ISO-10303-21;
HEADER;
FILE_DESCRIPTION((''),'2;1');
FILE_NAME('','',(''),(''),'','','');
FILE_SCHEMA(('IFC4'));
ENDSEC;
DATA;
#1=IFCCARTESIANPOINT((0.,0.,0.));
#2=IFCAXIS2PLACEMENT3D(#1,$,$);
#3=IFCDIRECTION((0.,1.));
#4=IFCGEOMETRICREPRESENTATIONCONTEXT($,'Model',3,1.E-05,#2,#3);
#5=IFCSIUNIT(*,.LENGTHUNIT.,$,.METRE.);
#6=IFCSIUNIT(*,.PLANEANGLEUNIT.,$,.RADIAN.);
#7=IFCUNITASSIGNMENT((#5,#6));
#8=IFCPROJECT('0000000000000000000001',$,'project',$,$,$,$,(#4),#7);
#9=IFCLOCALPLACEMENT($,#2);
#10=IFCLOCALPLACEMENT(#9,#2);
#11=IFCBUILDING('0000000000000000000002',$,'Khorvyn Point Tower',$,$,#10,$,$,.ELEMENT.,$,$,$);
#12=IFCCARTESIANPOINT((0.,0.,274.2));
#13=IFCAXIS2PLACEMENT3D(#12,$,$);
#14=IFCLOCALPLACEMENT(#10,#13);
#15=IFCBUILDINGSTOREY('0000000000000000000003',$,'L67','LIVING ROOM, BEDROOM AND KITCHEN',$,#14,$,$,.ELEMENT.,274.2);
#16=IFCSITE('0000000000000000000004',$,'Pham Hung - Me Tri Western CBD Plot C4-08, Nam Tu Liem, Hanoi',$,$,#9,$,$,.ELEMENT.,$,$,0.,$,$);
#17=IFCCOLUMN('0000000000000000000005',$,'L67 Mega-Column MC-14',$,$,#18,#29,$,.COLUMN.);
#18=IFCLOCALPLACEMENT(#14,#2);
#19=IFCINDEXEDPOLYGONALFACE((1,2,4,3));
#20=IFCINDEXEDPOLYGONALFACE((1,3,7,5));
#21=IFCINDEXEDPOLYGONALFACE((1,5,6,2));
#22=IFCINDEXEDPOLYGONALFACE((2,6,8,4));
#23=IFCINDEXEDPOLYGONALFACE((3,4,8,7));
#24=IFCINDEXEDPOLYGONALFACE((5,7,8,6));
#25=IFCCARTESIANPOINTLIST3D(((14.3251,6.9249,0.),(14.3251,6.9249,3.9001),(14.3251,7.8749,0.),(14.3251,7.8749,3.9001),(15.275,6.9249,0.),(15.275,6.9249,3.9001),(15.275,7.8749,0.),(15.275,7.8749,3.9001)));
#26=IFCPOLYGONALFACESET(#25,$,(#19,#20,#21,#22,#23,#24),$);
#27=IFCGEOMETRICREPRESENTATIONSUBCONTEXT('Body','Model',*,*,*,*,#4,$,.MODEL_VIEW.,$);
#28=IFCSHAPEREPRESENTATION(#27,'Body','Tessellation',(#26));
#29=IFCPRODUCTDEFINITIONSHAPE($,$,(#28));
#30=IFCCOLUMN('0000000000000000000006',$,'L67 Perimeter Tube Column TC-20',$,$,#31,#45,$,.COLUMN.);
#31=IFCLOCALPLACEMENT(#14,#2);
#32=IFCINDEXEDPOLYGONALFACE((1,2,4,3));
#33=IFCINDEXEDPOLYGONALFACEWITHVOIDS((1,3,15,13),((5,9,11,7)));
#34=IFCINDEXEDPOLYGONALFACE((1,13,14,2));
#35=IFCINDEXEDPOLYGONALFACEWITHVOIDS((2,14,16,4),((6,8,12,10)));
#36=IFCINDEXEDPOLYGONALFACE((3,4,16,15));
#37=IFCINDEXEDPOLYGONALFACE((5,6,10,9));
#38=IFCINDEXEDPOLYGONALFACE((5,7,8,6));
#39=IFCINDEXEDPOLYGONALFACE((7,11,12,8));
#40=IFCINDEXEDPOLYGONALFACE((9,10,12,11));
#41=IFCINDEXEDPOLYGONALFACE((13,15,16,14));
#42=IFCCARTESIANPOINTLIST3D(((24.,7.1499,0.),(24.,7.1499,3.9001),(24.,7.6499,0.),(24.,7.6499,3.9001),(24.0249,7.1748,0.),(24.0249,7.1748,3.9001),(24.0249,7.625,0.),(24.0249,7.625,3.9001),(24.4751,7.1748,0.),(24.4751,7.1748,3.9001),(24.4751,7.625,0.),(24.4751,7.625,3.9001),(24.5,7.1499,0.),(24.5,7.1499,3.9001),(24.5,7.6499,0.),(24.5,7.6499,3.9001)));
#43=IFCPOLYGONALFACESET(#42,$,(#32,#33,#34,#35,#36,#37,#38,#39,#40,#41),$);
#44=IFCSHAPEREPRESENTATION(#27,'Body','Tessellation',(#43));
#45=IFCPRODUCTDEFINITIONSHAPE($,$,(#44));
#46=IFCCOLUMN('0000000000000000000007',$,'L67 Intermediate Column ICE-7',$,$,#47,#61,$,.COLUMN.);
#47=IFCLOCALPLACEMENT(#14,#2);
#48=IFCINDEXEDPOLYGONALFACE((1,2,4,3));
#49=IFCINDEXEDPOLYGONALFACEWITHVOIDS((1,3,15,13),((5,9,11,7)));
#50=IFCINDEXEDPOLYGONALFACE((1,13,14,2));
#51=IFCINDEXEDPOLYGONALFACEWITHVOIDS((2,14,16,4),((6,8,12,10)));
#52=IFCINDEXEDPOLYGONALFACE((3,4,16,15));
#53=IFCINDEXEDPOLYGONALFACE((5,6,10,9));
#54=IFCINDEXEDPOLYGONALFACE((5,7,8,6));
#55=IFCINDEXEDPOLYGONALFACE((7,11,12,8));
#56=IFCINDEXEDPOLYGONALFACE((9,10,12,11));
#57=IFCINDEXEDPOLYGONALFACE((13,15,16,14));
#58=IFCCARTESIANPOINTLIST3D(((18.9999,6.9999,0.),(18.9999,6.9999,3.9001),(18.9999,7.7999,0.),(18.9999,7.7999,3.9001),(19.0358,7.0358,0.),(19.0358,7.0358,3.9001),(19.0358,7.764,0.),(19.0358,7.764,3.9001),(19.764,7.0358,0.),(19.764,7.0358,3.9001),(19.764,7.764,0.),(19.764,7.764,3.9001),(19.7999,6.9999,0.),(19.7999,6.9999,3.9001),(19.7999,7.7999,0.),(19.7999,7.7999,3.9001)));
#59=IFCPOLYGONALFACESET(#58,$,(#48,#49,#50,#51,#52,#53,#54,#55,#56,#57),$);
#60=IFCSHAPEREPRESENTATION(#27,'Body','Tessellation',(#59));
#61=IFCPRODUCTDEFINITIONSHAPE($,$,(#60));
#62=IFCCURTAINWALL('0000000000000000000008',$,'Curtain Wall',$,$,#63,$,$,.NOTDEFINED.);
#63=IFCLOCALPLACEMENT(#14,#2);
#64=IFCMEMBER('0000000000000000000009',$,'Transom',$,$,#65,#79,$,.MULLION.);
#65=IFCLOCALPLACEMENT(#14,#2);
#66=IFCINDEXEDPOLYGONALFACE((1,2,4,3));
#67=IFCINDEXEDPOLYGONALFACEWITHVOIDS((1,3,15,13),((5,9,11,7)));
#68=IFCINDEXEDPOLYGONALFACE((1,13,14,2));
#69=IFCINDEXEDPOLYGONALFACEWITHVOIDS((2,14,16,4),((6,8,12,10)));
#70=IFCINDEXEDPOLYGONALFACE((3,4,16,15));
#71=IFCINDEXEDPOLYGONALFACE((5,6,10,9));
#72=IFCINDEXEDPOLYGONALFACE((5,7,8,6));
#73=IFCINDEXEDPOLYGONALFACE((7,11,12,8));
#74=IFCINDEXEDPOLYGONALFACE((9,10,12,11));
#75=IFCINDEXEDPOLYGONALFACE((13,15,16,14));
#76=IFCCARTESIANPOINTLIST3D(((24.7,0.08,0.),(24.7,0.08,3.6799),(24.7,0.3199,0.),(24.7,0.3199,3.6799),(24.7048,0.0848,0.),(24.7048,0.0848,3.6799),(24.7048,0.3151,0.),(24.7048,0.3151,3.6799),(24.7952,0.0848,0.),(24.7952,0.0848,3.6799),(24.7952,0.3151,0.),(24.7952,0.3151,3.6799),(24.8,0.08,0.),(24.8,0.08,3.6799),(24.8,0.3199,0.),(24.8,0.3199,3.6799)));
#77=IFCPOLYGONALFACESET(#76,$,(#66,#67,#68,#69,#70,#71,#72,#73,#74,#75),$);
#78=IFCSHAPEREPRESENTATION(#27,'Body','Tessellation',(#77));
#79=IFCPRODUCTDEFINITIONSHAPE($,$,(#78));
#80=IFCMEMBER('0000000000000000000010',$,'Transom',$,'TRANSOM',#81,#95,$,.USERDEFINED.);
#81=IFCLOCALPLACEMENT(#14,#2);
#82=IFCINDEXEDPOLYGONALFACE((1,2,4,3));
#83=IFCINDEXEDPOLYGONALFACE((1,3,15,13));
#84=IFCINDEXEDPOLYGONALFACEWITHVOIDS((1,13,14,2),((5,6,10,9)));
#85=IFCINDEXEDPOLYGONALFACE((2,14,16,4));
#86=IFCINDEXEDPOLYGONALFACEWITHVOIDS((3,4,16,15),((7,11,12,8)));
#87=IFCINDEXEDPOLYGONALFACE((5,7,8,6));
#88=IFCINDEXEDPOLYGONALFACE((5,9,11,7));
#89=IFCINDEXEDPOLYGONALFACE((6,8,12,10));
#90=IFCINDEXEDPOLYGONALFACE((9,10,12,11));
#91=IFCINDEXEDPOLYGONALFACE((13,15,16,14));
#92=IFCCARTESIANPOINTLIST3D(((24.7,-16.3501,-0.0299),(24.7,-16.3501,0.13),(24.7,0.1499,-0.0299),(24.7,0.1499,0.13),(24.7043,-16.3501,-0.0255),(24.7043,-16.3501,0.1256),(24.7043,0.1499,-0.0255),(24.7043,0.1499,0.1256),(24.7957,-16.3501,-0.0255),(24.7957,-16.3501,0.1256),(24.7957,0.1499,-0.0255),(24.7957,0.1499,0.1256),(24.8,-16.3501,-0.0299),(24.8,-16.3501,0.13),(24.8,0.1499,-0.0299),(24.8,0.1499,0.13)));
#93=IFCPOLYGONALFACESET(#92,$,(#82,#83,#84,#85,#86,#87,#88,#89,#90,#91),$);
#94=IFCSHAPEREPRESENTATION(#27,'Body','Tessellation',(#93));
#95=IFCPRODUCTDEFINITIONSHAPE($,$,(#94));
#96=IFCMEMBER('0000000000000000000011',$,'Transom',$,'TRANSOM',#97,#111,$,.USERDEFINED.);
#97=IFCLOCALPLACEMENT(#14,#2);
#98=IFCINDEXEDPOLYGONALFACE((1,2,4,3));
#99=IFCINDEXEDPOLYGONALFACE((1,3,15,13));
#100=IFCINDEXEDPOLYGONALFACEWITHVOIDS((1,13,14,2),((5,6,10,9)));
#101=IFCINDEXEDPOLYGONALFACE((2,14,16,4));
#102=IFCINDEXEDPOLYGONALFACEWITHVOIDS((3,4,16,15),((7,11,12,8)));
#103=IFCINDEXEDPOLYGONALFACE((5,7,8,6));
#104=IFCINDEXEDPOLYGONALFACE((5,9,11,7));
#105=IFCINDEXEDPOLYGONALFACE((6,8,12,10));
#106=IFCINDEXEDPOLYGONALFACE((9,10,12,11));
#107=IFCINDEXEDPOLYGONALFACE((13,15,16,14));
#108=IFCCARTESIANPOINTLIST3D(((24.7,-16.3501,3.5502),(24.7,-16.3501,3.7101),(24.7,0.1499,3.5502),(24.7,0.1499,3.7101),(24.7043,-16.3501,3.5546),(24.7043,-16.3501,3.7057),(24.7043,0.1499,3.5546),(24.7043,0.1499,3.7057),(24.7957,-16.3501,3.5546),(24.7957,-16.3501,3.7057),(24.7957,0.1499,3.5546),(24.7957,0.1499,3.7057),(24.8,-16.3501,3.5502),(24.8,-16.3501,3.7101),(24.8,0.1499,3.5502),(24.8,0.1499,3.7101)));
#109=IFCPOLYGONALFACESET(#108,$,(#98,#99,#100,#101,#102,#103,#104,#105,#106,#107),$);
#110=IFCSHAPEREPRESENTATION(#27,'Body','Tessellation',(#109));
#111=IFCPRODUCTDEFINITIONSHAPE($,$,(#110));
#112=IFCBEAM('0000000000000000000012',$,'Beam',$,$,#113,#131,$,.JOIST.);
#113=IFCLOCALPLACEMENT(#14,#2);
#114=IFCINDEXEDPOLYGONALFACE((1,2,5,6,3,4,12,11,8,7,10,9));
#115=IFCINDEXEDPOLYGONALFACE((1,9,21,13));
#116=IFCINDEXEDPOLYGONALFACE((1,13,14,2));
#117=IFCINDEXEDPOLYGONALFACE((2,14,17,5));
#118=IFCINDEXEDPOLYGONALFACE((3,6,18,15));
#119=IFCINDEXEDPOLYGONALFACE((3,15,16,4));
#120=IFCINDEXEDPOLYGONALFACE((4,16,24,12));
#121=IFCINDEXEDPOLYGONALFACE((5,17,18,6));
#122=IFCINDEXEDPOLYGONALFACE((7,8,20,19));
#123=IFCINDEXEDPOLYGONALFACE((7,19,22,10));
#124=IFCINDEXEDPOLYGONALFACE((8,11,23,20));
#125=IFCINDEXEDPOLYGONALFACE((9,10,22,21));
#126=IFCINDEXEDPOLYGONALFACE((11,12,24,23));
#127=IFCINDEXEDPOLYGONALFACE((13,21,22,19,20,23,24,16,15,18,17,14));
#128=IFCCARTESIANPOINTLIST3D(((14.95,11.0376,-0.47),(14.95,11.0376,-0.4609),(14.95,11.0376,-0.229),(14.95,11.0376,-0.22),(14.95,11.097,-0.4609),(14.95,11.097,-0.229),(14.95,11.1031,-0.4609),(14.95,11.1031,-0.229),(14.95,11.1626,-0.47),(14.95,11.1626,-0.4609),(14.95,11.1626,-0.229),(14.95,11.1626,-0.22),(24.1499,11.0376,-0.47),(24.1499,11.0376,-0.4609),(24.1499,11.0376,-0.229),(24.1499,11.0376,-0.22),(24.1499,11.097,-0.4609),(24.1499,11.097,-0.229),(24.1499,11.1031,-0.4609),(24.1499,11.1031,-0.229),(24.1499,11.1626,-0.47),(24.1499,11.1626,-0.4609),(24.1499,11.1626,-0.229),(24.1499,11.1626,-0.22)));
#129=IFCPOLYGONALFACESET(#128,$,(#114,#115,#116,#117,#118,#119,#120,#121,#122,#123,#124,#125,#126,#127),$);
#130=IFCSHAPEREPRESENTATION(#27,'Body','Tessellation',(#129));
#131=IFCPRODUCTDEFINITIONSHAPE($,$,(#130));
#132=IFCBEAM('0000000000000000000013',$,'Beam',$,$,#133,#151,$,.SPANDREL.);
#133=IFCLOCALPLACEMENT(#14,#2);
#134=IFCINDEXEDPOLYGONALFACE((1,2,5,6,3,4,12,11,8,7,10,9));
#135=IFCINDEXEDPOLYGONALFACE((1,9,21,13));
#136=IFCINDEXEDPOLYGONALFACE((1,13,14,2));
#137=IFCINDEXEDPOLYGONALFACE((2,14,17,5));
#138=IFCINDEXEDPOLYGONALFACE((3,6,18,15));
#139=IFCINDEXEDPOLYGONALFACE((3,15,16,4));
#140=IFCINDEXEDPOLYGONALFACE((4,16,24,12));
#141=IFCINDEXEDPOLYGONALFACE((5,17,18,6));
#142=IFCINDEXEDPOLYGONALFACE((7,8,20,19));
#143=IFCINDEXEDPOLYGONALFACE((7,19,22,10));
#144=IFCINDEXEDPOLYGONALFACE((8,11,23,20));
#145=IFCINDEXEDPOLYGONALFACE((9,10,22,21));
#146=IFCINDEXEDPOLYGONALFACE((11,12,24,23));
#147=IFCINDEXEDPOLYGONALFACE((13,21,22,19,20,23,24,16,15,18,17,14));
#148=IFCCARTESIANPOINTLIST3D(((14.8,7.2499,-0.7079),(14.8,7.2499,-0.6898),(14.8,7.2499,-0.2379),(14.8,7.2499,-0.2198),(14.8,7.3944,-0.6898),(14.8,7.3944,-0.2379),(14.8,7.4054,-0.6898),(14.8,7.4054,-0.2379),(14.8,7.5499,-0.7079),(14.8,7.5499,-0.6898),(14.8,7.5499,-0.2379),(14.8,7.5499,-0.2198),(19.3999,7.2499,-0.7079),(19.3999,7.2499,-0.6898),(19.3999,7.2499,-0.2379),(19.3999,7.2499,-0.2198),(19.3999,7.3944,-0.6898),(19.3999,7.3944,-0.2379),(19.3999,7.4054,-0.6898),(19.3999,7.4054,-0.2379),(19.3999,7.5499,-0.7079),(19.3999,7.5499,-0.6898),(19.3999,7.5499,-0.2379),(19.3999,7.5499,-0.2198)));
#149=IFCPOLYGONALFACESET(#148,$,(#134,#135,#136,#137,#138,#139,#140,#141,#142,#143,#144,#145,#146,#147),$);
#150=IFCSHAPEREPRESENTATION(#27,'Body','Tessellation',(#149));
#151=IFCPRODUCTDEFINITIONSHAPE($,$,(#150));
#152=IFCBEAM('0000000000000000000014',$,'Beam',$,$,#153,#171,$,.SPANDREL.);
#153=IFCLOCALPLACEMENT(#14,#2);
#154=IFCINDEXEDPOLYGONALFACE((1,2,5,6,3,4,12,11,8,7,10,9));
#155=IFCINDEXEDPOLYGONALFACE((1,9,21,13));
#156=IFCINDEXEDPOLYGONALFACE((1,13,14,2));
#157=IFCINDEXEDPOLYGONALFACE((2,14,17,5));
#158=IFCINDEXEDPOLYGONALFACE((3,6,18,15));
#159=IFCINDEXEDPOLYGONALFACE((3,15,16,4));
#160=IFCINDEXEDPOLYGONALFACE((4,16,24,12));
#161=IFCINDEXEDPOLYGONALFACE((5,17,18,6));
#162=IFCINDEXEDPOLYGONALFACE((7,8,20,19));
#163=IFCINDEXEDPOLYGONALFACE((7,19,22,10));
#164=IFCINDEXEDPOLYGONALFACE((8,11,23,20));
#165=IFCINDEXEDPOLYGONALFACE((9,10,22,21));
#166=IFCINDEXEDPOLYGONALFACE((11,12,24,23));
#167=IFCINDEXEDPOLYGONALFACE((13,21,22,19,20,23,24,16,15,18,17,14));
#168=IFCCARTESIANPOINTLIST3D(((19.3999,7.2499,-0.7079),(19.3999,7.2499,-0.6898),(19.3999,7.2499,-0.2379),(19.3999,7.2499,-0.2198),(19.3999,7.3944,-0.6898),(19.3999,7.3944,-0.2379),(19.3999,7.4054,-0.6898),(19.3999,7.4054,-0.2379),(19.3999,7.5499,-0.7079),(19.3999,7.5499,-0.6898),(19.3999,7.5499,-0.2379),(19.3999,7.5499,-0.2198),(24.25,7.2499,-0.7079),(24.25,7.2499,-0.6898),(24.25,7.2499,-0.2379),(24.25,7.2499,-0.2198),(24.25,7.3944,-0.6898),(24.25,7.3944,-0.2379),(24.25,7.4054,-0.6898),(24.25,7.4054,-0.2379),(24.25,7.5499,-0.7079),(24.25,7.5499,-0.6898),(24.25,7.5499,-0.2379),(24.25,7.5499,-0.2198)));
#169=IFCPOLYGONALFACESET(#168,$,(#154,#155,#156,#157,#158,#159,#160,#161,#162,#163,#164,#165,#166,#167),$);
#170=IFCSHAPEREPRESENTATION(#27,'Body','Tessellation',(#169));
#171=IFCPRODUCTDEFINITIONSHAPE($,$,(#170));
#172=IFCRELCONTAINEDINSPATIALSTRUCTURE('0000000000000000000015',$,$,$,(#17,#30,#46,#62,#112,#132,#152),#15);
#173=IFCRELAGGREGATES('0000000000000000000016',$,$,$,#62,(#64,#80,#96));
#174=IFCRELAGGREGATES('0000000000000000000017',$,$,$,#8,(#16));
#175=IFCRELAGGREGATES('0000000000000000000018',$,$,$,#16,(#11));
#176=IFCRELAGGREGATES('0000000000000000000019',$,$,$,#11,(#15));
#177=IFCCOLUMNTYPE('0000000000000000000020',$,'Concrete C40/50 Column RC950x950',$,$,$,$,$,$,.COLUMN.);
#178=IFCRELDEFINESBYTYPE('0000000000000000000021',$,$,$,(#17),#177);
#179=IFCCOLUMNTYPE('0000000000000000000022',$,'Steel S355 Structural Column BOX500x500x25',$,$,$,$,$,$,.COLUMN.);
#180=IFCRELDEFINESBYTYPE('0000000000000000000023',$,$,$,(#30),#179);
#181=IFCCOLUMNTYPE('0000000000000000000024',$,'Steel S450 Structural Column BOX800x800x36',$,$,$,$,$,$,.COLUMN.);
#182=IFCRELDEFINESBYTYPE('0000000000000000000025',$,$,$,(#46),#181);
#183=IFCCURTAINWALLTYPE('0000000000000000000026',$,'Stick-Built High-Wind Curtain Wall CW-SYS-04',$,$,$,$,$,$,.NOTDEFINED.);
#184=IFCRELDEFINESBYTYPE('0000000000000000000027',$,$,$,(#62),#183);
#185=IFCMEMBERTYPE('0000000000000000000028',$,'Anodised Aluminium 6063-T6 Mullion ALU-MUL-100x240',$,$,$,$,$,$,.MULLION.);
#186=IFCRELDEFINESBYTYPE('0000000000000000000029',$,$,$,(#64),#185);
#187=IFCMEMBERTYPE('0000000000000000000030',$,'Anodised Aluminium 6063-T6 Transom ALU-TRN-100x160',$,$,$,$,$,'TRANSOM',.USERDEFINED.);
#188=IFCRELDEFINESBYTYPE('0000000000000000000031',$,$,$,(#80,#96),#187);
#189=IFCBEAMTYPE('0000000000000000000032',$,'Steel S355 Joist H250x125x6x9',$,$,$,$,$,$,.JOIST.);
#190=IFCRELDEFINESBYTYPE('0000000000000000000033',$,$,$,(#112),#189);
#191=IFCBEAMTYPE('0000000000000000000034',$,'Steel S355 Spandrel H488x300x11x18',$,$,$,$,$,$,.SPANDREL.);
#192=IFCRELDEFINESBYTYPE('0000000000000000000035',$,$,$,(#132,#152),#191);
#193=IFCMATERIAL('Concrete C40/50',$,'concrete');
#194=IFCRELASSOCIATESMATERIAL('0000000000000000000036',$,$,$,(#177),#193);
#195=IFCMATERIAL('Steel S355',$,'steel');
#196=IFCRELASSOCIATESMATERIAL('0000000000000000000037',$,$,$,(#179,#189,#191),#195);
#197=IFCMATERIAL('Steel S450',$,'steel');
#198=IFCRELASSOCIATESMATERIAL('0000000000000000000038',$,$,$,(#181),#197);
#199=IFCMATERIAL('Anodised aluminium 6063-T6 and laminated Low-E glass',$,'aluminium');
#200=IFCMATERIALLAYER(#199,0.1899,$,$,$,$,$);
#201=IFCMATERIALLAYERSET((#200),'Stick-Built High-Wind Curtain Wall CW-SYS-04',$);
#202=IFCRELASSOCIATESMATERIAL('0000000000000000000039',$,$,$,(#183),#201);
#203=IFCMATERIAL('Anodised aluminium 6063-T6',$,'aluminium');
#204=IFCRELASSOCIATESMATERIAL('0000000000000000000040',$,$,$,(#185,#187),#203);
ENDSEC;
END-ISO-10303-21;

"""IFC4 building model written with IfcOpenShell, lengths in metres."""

from ifc_helpers import new_model, si_unit, direction, frame, origin, origin_2d, place, context, subcontext, project, spatial, rectangle, hollow_rectangle, i_section, extrude, material, layer, layer_set, material_profile, profile_set, type_object, element, aggregate, save


model = new_model("IFC4")

# Units and contexts
model_context = context("Model", 3, precision=1e-05, world=origin(), true_north=direction((0.0, 1.0)))
body_context = subcontext(model_context, "Body", "Model", "MODEL_VIEW")
ifc_project = project(units=[si_unit("LENGTHUNIT", "METRE"), si_unit("PLANEANGLEUNIT", "RADIAN")], contexts=[model_context])

# Site, building, storey
site_placement = place(None, origin())
site = spatial("IfcSite", under=ifc_project, at=site_placement, Name="Pham Hung - Me Tri Western CBD Plot C4-08, Nam Tu Liem, Hanoi", CompositionType="ELEMENT", RefElevation=0.0)
building_placement = place(site_placement, origin())
building = spatial("IfcBuilding", under=site, at=building_placement, Name="Khorvyn Point Tower", CompositionType="ELEMENT")
storey_placement = place(building_placement, frame((0.0, 0.0, 274.2)))
storey = spatial("IfcBuildingStorey", under=building, at=storey_placement, Name="L67", Description="LIVING ROOM, BEDROOM AND KITCHEN", CompositionType="ELEMENT", Elevation=274.2)

# Columns
ifc_material_1 = material(Name="Concrete C40/50", Category="concrete")
ifc_material_profile_1 = material_profile(ifc_material_1, rectangle(XDim=0.95, YDim=0.95, at=origin_2d()))
ifc_profile_set_1 = profile_set([ifc_material_profile_1], Name="Concrete C40/50 RC950x950")
column_type_1 = type_object("IfcColumnType", Name="Concrete C40/50 Column RC950x950", PredefinedType="COLUMN", material=ifc_profile_set_1)
column_1_placement = place(storey_placement, frame((14.8, 7.3999, 0.0), z_axis=(0.0, 0.0, 1.0), x_axis=(1.0, 0.0, 0.0)))
element("IfcColumn", 1, at=column_1_placement, inside=storey, type_object=column_type_1, Name="L67 Mega-Column MC-14", PredefinedType="COLUMN", context=body_context, shape_type="SweptSolid", body=[
    extrude(rectangle(XDim=0.95, YDim=0.95, at=origin_2d()), origin(), (0.0, 0.0, 1.0), 3.9001),
])
ifc_material_2 = material(Name="Steel S355", Category="steel")
ifc_material_profile_2 = material_profile(ifc_material_2, hollow_rectangle(XDim=0.5, YDim=0.5, WallThickness=0.0249, at=origin_2d()))
ifc_profile_set_2 = profile_set([ifc_material_profile_2], Name="Steel S355 BOX500x500x25")
column_type_2 = type_object("IfcColumnType", Name="Steel S355 Structural Column BOX500x500x25", PredefinedType="COLUMN", material=ifc_profile_set_2)
column_2_placement = place(storey_placement, frame((24.25, 7.3999, 0.0), z_axis=(0.0, 0.0, 1.0), x_axis=(1.0, 0.0, 0.0)))
element("IfcColumn", 2, at=column_2_placement, inside=storey, type_object=column_type_2, Name="L67 Perimeter Tube Column TC-20", PredefinedType="COLUMN", context=body_context, shape_type="SweptSolid", body=[
    extrude(hollow_rectangle(XDim=0.5, YDim=0.5, WallThickness=0.0249, at=origin_2d()), origin(), (0.0, 0.0, 1.0), 3.9001),
])
ifc_material_3 = material(Name="Steel S450", Category="steel")
ifc_material_profile_3 = material_profile(ifc_material_3, hollow_rectangle(XDim=0.8, YDim=0.8, WallThickness=0.0359, at=origin_2d()))
ifc_profile_set_3 = profile_set([ifc_material_profile_3], Name="Steel S450 BOX800x800x36")
column_type_3 = type_object("IfcColumnType", Name="Steel S450 Structural Column BOX800x800x36", PredefinedType="COLUMN", material=ifc_profile_set_3)
column_3_placement = place(storey_placement, frame((19.3999, 7.3999, 0.0), z_axis=(0.0, 0.0, 1.0), x_axis=(1.0, 0.0, 0.0)))
element("IfcColumn", 3, at=column_3_placement, inside=storey, type_object=column_type_3, Name="L67 Intermediate Column ICE-7", PredefinedType="COLUMN", context=body_context, shape_type="SweptSolid", body=[
    extrude(hollow_rectangle(XDim=0.8, YDim=0.8, WallThickness=0.0359, at=origin_2d()), origin(), (0.0, 0.0, 1.0), 3.9001),
])

# Curtain wall, members
ifc_material_4 = material(Name="Anodised aluminium 6063-T6 and laminated Low-E glass", Category="aluminium")
ifc_layer_1 = layer(ifc_material_4, 0.1899)
ifc_layer_set_1 = layer_set([ifc_layer_1], Name="Stick-Built High-Wind Curtain Wall CW-SYS-04")
curtain_wall_type = type_object("IfcCurtainWallType", Name="Stick-Built High-Wind Curtain Wall CW-SYS-04", PredefinedType="NOTDEFINED", material=ifc_layer_set_1)
curtain_wall_placement = place(storey_placement, origin())
curtain_wall = element("IfcCurtainWall", 4, at=curtain_wall_placement, inside=storey, type_object=curtain_wall_type, Name="Curtain Wall", PredefinedType="NOTDEFINED")
ifc_material_5 = material(Name="Anodised aluminium 6063-T6", Category="aluminium")
ifc_material_profile_4 = material_profile(ifc_material_5, hollow_rectangle(XDim=0.1001, YDim=0.24, WallThickness=0.0049, at=origin_2d()))
ifc_profile_set_4 = profile_set([ifc_material_profile_4], Name="Anodised aluminium 6063-T6 ALU-MUL-100x240")
member_type_1 = type_object("IfcMemberType", Name="Anodised Aluminium 6063-T6 Mullion ALU-MUL-100x240", PredefinedType="MULLION", material=ifc_profile_set_4)
member_1_placement = place(storey_placement, frame((24.75, 0.2, 0.0), z_axis=(0.0, 0.0, 1.0), x_axis=(1.0, 0.0, 0.0)))
member_1 = element("IfcMember", 5, at=member_1_placement, type_object=member_type_1, Name="Transom", PredefinedType="MULLION", context=body_context, shape_type="SweptSolid", body=[
    extrude(hollow_rectangle(XDim=0.1001, YDim=0.24, WallThickness=0.0049, at=origin_2d()), origin(), (0.0, 0.0, 1.0), 3.6799),
])
ifc_material_profile_5 = material_profile(ifc_material_5, hollow_rectangle(XDim=0.1001, YDim=0.1599, WallThickness=0.0044, at=origin_2d()))
ifc_profile_set_5 = profile_set([ifc_material_profile_5], Name="Anodised aluminium 6063-T6 ALU-TRN-100x160")
member_type_2 = type_object("IfcMemberType", Name="Anodised Aluminium 6063-T6 Transom ALU-TRN-100x160", ElementType="TRANSOM", PredefinedType="USERDEFINED", material=ifc_profile_set_5)
member_2_placement = place(storey_placement, frame((24.75, 0.1499, 0.05), z_axis=(0.0, -1.0, 0.0), x_axis=(1.0, 0.0, 0.0)))
member_2 = element("IfcMember", 6, at=member_2_placement, type_object=member_type_2, Name="Transom", ObjectType="TRANSOM", PredefinedType="USERDEFINED", context=body_context, shape_type="SweptSolid", body=[
    extrude(hollow_rectangle(XDim=0.1001, YDim=0.1599, WallThickness=0.0044, at=origin_2d()), origin(), (0.0, 0.0, 1.0), 16.5),
])
member_3_placement = place(storey_placement, frame((24.75, 0.1499, 3.6301), z_axis=(0.0, -1.0, 0.0), x_axis=(1.0, 0.0, 0.0)))
member_3 = element("IfcMember", 7, at=member_3_placement, type_object=member_type_2, Name="Transom", ObjectType="TRANSOM", PredefinedType="USERDEFINED", context=body_context, shape_type="SweptSolid", body=[
    extrude(hollow_rectangle(XDim=0.1001, YDim=0.1599, WallThickness=0.0044, at=origin_2d()), origin(), (0.0, 0.0, 1.0), 16.5),
])

# Beams
ifc_material_profile_6 = material_profile(ifc_material_2, i_section(OverallWidth=0.125, OverallDepth=0.25, WebThickness=0.0061, FlangeThickness=0.009, at=origin_2d()))
ifc_profile_set_6 = profile_set([ifc_material_profile_6], Name="Steel S355 H250x125x6x9")
beam_type_1 = type_object("IfcBeamType", Name="Steel S355 Joist H250x125x6x9", PredefinedType="JOIST", material=ifc_profile_set_6)
beam_1_placement = place(storey_placement, frame((14.95, 11.1001, -0.345), z_axis=(1.0, 0.0, 0.0), x_axis=(0.0, 1.0, 0.0)))
element("IfcBeam", 8, at=beam_1_placement, inside=storey, type_object=beam_type_1, Name="Beam", PredefinedType="JOIST", context=body_context, shape_type="SweptSolid", body=[
    extrude(i_section(OverallWidth=0.125, OverallDepth=0.25, WebThickness=0.0061, FlangeThickness=0.009, at=origin_2d()), origin(), (0.0, 0.0, 1.0), 9.2),
])
ifc_material_profile_7 = material_profile(ifc_material_2, i_section(OverallWidth=0.3, OverallDepth=0.488, WebThickness=0.011, FlangeThickness=0.0181, at=origin_2d()))
ifc_profile_set_7 = profile_set([ifc_material_profile_7], Name="Steel S355 H488x300x11x18")
beam_type_2 = type_object("IfcBeamType", Name="Steel S355 Spandrel H488x300x11x18", PredefinedType="SPANDREL", material=ifc_profile_set_7)
beam_2_placement = place(storey_placement, frame((14.8, 7.3999, -0.4639), z_axis=(1.0, 0.0, 0.0), x_axis=(0.0, 1.0, 0.0)))
element("IfcBeam", 9, at=beam_2_placement, inside=storey, type_object=beam_type_2, Name="Beam", PredefinedType="SPANDREL", context=body_context, shape_type="SweptSolid", body=[
    extrude(i_section(OverallWidth=0.3, OverallDepth=0.488, WebThickness=0.011, FlangeThickness=0.0181, at=origin_2d()), origin(), (0.0, 0.0, 1.0), 4.5999),
])
beam_3_placement = place(storey_placement, frame((19.3999, 7.3999, -0.4639), z_axis=(1.0, 0.0, 0.0), x_axis=(0.0, 1.0, 0.0)))
element("IfcBeam", 10, at=beam_3_placement, inside=storey, type_object=beam_type_2, Name="Beam", PredefinedType="SPANDREL", context=body_context, shape_type="SweptSolid", body=[
    extrude(i_section(OverallWidth=0.3, OverallDepth=0.488, WebThickness=0.011, FlangeThickness=0.0181, at=origin_2d()), origin(), (0.0, 0.0, 1.0), 4.8501),
])

aggregate(curtain_wall, [member_1, member_2, member_3])

save(model, "model.ifc")
